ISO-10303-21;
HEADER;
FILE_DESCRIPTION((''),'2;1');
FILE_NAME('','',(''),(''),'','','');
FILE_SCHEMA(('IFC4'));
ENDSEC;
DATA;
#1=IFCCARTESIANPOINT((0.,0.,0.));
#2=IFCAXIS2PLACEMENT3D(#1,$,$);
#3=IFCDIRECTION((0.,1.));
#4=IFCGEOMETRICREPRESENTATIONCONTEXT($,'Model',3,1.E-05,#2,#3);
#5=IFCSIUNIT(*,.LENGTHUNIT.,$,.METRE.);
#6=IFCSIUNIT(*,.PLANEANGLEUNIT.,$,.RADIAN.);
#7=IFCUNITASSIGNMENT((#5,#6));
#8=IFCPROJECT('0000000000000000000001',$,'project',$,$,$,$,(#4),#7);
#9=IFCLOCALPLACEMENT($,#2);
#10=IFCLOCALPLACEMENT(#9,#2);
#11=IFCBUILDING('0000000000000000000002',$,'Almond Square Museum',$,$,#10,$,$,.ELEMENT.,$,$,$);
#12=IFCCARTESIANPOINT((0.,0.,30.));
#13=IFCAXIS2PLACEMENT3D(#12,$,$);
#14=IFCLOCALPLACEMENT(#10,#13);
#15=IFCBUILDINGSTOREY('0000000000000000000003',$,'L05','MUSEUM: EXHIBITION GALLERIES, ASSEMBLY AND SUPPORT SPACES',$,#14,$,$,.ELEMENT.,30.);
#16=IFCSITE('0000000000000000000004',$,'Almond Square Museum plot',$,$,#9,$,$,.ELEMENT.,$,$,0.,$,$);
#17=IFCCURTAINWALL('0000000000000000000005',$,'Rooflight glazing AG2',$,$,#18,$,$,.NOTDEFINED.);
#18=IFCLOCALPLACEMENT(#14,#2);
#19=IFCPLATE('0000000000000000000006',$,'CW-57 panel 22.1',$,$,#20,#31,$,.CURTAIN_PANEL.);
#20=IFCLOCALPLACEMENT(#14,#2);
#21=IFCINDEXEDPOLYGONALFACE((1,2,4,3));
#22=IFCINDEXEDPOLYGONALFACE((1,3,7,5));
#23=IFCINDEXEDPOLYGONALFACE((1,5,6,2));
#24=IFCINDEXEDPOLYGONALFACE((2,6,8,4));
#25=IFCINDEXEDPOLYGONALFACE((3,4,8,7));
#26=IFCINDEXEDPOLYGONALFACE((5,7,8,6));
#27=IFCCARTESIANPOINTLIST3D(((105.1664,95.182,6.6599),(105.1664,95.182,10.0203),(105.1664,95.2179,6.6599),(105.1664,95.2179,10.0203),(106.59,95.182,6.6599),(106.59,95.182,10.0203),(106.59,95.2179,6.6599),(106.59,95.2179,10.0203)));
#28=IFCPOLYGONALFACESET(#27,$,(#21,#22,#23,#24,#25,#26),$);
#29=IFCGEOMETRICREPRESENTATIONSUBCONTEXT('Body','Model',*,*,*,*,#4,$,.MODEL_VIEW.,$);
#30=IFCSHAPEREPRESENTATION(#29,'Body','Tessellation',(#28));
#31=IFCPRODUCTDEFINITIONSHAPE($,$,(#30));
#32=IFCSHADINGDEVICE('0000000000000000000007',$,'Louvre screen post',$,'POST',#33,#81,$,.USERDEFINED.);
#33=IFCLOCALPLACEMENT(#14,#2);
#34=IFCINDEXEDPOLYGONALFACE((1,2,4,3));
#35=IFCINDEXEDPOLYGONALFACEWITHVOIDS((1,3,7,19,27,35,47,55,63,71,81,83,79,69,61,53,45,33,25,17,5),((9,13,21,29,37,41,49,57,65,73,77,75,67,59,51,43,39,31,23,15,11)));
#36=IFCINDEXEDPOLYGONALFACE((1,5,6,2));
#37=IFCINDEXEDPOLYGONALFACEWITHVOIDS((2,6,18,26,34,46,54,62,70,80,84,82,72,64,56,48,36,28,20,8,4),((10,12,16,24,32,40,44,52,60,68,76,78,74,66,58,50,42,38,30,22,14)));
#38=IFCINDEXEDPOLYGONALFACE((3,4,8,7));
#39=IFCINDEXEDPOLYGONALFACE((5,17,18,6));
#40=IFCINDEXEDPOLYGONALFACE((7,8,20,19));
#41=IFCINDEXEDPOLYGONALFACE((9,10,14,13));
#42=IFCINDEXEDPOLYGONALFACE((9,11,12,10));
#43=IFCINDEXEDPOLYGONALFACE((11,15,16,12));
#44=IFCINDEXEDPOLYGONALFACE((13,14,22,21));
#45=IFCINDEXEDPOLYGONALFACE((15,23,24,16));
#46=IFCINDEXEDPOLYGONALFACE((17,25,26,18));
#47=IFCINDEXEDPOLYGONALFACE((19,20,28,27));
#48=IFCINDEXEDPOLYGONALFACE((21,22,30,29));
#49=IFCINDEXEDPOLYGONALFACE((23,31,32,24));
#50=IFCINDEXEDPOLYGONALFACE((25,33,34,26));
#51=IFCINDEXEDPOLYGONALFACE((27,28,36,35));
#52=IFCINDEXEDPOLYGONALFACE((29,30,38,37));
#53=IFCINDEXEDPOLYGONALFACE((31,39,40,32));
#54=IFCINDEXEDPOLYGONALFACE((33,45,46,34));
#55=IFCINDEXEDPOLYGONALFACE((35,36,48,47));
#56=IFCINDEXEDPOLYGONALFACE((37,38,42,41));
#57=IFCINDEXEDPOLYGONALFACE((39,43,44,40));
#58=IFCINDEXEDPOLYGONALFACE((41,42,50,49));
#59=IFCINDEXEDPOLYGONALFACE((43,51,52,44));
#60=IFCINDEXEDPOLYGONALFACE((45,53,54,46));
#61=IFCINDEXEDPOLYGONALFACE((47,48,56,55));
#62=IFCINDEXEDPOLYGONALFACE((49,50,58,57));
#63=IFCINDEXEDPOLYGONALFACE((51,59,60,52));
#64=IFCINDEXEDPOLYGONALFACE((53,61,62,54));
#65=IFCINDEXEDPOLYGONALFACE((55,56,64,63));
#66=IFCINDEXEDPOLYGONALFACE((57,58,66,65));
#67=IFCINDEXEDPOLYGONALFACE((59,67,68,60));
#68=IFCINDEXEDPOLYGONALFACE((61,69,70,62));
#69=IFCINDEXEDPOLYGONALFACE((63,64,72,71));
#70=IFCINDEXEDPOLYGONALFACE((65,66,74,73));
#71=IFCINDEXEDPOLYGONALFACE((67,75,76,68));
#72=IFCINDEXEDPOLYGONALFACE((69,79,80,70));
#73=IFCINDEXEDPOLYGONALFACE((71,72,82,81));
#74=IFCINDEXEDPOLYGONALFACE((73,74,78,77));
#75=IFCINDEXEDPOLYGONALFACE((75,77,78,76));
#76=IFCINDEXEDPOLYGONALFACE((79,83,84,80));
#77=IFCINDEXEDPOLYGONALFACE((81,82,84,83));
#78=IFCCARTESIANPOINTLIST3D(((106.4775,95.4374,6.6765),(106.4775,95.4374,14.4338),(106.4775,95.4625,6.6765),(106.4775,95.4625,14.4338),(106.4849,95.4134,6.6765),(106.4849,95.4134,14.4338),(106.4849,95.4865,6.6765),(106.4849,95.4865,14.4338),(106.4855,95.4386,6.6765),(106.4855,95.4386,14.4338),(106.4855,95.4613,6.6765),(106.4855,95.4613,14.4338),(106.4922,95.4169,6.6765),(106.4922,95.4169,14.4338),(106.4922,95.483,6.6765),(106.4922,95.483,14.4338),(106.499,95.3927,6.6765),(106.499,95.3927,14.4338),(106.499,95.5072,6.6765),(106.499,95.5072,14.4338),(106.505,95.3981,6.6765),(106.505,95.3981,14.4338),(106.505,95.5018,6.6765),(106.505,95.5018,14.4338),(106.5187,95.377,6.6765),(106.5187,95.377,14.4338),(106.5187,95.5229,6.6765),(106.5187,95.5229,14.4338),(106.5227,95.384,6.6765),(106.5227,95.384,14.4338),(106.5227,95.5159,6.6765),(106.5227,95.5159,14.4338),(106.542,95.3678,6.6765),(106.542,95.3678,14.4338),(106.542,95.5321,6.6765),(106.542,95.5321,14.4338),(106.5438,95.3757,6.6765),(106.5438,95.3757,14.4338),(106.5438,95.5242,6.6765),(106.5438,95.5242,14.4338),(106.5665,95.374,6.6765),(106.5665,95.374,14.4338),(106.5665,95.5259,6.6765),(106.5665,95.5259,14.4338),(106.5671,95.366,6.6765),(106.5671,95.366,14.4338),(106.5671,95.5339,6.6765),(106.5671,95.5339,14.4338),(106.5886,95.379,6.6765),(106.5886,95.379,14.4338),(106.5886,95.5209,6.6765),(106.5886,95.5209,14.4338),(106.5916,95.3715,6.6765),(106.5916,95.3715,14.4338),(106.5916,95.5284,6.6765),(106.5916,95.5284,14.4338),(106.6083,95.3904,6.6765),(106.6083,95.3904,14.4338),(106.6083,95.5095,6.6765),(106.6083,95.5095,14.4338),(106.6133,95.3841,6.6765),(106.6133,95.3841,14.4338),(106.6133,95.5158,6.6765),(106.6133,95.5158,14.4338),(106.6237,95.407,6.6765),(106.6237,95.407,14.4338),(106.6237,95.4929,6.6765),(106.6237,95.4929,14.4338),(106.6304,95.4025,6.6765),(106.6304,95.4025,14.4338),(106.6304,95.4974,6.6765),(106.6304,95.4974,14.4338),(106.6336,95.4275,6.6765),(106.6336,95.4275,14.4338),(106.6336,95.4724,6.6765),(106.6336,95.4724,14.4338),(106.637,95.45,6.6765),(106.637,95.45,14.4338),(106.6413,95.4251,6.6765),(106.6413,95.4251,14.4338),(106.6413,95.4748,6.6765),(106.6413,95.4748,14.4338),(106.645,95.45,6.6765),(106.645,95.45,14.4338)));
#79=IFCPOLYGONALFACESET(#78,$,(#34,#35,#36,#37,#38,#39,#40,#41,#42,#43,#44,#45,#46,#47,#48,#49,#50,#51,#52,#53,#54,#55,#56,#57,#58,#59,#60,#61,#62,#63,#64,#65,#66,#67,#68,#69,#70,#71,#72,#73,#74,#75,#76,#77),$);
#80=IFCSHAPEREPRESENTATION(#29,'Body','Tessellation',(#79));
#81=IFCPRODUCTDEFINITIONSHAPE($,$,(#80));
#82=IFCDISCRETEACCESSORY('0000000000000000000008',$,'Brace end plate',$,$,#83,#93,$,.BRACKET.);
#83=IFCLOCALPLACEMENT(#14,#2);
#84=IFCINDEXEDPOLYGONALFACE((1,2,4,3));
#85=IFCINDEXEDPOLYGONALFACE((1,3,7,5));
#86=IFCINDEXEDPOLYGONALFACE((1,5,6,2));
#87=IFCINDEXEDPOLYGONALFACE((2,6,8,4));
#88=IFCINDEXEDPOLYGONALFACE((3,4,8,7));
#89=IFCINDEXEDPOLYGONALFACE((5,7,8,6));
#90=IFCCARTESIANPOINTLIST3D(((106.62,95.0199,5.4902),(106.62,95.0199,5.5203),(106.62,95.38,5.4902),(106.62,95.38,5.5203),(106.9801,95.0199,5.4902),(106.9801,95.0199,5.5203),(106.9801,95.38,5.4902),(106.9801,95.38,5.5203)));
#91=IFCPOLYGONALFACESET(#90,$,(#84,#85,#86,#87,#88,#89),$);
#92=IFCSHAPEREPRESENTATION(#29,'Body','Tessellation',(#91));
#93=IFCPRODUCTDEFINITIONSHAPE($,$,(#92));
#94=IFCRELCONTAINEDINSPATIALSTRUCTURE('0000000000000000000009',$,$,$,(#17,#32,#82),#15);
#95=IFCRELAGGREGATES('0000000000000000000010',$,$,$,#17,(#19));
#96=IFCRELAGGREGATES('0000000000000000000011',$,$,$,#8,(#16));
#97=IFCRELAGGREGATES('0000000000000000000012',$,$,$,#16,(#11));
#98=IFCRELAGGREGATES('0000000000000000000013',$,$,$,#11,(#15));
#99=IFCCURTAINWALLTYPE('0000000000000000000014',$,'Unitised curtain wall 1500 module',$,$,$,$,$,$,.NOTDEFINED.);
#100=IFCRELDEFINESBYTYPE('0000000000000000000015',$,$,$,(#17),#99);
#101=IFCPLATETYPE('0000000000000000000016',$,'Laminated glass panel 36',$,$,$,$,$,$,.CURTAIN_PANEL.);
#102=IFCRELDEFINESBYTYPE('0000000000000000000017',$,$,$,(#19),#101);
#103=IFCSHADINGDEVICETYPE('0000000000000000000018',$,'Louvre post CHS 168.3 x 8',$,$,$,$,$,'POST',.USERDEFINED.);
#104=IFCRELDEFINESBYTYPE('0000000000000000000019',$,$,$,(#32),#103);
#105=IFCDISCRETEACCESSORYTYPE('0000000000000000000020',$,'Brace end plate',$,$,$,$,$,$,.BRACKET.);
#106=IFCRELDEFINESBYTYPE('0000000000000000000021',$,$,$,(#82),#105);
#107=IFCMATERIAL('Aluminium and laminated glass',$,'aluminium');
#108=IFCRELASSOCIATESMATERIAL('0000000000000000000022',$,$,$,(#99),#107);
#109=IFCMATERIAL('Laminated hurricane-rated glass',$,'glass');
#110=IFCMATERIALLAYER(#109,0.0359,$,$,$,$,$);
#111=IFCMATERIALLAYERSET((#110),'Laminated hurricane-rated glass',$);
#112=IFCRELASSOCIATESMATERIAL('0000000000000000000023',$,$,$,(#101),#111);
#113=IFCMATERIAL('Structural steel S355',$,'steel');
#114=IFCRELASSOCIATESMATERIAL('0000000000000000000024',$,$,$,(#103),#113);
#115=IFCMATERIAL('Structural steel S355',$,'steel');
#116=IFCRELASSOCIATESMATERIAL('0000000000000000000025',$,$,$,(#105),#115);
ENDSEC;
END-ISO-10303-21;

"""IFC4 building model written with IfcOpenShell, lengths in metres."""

from ifc_helpers import new_model, si_unit, direction, frame, origin, origin_2d, place, context, subcontext, project, spatial, rectangle, hollow_circle, extrude, material, layer, layer_set, material_profile, profile_set, type_object, element, aggregate, save


model = new_model("IFC4")

# Units and contexts
model_context = context("Model", 3, precision=1e-05, world=origin(), true_north=direction((0.0, 1.0)))
body_context = subcontext(model_context, "Body", "Model", "MODEL_VIEW")
ifc_project = project(units=[si_unit("LENGTHUNIT", "METRE"), si_unit("PLANEANGLEUNIT", "RADIAN")], contexts=[model_context])

# Site, building, storey
site_placement = place(None, origin())
site = spatial("IfcSite", under=ifc_project, at=site_placement, Name="Almond Square Museum plot", CompositionType="ELEMENT", RefElevation=0.0)
building_placement = place(site_placement, origin())
building = spatial("IfcBuilding", under=site, at=building_placement, Name="Almond Square Museum", CompositionType="ELEMENT")
storey_placement = place(building_placement, frame((0.0, 0.0, 30.0)))
storey = spatial("IfcBuildingStorey", under=building, at=storey_placement, Name="L05", Description="MUSEUM: EXHIBITION GALLERIES, ASSEMBLY AND SUPPORT SPACES", CompositionType="ELEMENT", Elevation=30.0)

# Curtain wall
ifc_material_1 = material(Name="Aluminium and laminated glass", Category="aluminium")
curtain_wall_type = type_object("IfcCurtainWallType", Name="Unitised curtain wall 1500 module", PredefinedType="NOTDEFINED", material=ifc_material_1)
curtain_wall_placement = place(storey_placement, origin())
curtain_wall = element("IfcCurtainWall", 1, at=curtain_wall_placement, inside=storey, type_object=curtain_wall_type, Name="Rooflight glazing AG2", PredefinedType="NOTDEFINED")

# Plate
ifc_material_2 = material(Name="Laminated hurricane-rated glass", Category="glass")
ifc_layer = layer(ifc_material_2, 0.0359)
ifc_layer_set = layer_set([ifc_layer], Name="Laminated hurricane-rated glass")
plate_type = type_object("IfcPlateType", Name="Laminated glass panel 36", PredefinedType="CURTAIN_PANEL", material=ifc_layer_set)
plate_1_placement = place(storey_placement, frame((105.8782, 95.2, 6.6599), z_axis=(0.0, 0.0, 1.0), x_axis=(1.0, 0.0, 0.0)))
plate_1 = element("IfcPlate", 2, at=plate_1_placement, type_object=plate_type, Name="CW-57 panel 22.1", PredefinedType="CURTAIN_PANEL", context=body_context, shape_type="SweptSolid", body=[
    extrude(rectangle(XDim=1.4236, YDim=0.0359, at=origin_2d()), origin(), (0.0, 0.0, 1.0), 3.3604),
])
aggregate(curtain_wall, [plate_1])

# Shading device
ifc_material_3 = material(Name="Structural steel S355", Category="steel")
ifc_material_profile_1 = material_profile(ifc_material_3, hollow_circle(Radius=0.0842, WallThickness=0.0081, at=origin_2d()))
ifc_profile_set_1 = profile_set([ifc_material_profile_1], Name="Structural steel S355")
shading_device_type = type_object("IfcShadingDeviceType", Name="Louvre post CHS 168.3 x 8", ElementType="POST", PredefinedType="USERDEFINED", material=ifc_profile_set_1)
shading_device_placement = place(storey_placement, frame((106.5608, 95.45, 6.6765), z_axis=(0.0, 0.0, 1.0), x_axis=(1.0, 0.0, 0.0)))
element("IfcShadingDevice", 3, at=shading_device_placement, inside=storey, type_object=shading_device_type, Name="Louvre screen post", ObjectType="POST", PredefinedType="USERDEFINED", context=body_context, shape_type="SweptSolid", body=[
    extrude(hollow_circle(Radius=0.0842, WallThickness=0.0081, at=origin_2d()), origin(), (0.0, 0.0, 1.0), 7.7573),
])

# Discrete accessory
ifc_material_4 = material(Name="Structural steel S355", Category="steel")
discrete_accessory_type = type_object("IfcDiscreteAccessoryType", Name="Brace end plate", PredefinedType="BRACKET", material=ifc_material_4)
discrete_accessory_placement = place(storey_placement, frame((106.8, 95.2, 5.4902), z_axis=(0.0, 0.0, 1.0), x_axis=(1.0, 0.0, 0.0)))
element("IfcDiscreteAccessory", 4, at=discrete_accessory_placement, inside=storey, type_object=discrete_accessory_type, Name="Brace end plate", PredefinedType="BRACKET", context=body_context, shape_type="SweptSolid", body=[
    extrude(rectangle(XDim=0.3601, YDim=0.3601, at=origin_2d()), origin(), (0.0, 0.0, 1.0), 0.03),
])

save(model, "model.ifc")
